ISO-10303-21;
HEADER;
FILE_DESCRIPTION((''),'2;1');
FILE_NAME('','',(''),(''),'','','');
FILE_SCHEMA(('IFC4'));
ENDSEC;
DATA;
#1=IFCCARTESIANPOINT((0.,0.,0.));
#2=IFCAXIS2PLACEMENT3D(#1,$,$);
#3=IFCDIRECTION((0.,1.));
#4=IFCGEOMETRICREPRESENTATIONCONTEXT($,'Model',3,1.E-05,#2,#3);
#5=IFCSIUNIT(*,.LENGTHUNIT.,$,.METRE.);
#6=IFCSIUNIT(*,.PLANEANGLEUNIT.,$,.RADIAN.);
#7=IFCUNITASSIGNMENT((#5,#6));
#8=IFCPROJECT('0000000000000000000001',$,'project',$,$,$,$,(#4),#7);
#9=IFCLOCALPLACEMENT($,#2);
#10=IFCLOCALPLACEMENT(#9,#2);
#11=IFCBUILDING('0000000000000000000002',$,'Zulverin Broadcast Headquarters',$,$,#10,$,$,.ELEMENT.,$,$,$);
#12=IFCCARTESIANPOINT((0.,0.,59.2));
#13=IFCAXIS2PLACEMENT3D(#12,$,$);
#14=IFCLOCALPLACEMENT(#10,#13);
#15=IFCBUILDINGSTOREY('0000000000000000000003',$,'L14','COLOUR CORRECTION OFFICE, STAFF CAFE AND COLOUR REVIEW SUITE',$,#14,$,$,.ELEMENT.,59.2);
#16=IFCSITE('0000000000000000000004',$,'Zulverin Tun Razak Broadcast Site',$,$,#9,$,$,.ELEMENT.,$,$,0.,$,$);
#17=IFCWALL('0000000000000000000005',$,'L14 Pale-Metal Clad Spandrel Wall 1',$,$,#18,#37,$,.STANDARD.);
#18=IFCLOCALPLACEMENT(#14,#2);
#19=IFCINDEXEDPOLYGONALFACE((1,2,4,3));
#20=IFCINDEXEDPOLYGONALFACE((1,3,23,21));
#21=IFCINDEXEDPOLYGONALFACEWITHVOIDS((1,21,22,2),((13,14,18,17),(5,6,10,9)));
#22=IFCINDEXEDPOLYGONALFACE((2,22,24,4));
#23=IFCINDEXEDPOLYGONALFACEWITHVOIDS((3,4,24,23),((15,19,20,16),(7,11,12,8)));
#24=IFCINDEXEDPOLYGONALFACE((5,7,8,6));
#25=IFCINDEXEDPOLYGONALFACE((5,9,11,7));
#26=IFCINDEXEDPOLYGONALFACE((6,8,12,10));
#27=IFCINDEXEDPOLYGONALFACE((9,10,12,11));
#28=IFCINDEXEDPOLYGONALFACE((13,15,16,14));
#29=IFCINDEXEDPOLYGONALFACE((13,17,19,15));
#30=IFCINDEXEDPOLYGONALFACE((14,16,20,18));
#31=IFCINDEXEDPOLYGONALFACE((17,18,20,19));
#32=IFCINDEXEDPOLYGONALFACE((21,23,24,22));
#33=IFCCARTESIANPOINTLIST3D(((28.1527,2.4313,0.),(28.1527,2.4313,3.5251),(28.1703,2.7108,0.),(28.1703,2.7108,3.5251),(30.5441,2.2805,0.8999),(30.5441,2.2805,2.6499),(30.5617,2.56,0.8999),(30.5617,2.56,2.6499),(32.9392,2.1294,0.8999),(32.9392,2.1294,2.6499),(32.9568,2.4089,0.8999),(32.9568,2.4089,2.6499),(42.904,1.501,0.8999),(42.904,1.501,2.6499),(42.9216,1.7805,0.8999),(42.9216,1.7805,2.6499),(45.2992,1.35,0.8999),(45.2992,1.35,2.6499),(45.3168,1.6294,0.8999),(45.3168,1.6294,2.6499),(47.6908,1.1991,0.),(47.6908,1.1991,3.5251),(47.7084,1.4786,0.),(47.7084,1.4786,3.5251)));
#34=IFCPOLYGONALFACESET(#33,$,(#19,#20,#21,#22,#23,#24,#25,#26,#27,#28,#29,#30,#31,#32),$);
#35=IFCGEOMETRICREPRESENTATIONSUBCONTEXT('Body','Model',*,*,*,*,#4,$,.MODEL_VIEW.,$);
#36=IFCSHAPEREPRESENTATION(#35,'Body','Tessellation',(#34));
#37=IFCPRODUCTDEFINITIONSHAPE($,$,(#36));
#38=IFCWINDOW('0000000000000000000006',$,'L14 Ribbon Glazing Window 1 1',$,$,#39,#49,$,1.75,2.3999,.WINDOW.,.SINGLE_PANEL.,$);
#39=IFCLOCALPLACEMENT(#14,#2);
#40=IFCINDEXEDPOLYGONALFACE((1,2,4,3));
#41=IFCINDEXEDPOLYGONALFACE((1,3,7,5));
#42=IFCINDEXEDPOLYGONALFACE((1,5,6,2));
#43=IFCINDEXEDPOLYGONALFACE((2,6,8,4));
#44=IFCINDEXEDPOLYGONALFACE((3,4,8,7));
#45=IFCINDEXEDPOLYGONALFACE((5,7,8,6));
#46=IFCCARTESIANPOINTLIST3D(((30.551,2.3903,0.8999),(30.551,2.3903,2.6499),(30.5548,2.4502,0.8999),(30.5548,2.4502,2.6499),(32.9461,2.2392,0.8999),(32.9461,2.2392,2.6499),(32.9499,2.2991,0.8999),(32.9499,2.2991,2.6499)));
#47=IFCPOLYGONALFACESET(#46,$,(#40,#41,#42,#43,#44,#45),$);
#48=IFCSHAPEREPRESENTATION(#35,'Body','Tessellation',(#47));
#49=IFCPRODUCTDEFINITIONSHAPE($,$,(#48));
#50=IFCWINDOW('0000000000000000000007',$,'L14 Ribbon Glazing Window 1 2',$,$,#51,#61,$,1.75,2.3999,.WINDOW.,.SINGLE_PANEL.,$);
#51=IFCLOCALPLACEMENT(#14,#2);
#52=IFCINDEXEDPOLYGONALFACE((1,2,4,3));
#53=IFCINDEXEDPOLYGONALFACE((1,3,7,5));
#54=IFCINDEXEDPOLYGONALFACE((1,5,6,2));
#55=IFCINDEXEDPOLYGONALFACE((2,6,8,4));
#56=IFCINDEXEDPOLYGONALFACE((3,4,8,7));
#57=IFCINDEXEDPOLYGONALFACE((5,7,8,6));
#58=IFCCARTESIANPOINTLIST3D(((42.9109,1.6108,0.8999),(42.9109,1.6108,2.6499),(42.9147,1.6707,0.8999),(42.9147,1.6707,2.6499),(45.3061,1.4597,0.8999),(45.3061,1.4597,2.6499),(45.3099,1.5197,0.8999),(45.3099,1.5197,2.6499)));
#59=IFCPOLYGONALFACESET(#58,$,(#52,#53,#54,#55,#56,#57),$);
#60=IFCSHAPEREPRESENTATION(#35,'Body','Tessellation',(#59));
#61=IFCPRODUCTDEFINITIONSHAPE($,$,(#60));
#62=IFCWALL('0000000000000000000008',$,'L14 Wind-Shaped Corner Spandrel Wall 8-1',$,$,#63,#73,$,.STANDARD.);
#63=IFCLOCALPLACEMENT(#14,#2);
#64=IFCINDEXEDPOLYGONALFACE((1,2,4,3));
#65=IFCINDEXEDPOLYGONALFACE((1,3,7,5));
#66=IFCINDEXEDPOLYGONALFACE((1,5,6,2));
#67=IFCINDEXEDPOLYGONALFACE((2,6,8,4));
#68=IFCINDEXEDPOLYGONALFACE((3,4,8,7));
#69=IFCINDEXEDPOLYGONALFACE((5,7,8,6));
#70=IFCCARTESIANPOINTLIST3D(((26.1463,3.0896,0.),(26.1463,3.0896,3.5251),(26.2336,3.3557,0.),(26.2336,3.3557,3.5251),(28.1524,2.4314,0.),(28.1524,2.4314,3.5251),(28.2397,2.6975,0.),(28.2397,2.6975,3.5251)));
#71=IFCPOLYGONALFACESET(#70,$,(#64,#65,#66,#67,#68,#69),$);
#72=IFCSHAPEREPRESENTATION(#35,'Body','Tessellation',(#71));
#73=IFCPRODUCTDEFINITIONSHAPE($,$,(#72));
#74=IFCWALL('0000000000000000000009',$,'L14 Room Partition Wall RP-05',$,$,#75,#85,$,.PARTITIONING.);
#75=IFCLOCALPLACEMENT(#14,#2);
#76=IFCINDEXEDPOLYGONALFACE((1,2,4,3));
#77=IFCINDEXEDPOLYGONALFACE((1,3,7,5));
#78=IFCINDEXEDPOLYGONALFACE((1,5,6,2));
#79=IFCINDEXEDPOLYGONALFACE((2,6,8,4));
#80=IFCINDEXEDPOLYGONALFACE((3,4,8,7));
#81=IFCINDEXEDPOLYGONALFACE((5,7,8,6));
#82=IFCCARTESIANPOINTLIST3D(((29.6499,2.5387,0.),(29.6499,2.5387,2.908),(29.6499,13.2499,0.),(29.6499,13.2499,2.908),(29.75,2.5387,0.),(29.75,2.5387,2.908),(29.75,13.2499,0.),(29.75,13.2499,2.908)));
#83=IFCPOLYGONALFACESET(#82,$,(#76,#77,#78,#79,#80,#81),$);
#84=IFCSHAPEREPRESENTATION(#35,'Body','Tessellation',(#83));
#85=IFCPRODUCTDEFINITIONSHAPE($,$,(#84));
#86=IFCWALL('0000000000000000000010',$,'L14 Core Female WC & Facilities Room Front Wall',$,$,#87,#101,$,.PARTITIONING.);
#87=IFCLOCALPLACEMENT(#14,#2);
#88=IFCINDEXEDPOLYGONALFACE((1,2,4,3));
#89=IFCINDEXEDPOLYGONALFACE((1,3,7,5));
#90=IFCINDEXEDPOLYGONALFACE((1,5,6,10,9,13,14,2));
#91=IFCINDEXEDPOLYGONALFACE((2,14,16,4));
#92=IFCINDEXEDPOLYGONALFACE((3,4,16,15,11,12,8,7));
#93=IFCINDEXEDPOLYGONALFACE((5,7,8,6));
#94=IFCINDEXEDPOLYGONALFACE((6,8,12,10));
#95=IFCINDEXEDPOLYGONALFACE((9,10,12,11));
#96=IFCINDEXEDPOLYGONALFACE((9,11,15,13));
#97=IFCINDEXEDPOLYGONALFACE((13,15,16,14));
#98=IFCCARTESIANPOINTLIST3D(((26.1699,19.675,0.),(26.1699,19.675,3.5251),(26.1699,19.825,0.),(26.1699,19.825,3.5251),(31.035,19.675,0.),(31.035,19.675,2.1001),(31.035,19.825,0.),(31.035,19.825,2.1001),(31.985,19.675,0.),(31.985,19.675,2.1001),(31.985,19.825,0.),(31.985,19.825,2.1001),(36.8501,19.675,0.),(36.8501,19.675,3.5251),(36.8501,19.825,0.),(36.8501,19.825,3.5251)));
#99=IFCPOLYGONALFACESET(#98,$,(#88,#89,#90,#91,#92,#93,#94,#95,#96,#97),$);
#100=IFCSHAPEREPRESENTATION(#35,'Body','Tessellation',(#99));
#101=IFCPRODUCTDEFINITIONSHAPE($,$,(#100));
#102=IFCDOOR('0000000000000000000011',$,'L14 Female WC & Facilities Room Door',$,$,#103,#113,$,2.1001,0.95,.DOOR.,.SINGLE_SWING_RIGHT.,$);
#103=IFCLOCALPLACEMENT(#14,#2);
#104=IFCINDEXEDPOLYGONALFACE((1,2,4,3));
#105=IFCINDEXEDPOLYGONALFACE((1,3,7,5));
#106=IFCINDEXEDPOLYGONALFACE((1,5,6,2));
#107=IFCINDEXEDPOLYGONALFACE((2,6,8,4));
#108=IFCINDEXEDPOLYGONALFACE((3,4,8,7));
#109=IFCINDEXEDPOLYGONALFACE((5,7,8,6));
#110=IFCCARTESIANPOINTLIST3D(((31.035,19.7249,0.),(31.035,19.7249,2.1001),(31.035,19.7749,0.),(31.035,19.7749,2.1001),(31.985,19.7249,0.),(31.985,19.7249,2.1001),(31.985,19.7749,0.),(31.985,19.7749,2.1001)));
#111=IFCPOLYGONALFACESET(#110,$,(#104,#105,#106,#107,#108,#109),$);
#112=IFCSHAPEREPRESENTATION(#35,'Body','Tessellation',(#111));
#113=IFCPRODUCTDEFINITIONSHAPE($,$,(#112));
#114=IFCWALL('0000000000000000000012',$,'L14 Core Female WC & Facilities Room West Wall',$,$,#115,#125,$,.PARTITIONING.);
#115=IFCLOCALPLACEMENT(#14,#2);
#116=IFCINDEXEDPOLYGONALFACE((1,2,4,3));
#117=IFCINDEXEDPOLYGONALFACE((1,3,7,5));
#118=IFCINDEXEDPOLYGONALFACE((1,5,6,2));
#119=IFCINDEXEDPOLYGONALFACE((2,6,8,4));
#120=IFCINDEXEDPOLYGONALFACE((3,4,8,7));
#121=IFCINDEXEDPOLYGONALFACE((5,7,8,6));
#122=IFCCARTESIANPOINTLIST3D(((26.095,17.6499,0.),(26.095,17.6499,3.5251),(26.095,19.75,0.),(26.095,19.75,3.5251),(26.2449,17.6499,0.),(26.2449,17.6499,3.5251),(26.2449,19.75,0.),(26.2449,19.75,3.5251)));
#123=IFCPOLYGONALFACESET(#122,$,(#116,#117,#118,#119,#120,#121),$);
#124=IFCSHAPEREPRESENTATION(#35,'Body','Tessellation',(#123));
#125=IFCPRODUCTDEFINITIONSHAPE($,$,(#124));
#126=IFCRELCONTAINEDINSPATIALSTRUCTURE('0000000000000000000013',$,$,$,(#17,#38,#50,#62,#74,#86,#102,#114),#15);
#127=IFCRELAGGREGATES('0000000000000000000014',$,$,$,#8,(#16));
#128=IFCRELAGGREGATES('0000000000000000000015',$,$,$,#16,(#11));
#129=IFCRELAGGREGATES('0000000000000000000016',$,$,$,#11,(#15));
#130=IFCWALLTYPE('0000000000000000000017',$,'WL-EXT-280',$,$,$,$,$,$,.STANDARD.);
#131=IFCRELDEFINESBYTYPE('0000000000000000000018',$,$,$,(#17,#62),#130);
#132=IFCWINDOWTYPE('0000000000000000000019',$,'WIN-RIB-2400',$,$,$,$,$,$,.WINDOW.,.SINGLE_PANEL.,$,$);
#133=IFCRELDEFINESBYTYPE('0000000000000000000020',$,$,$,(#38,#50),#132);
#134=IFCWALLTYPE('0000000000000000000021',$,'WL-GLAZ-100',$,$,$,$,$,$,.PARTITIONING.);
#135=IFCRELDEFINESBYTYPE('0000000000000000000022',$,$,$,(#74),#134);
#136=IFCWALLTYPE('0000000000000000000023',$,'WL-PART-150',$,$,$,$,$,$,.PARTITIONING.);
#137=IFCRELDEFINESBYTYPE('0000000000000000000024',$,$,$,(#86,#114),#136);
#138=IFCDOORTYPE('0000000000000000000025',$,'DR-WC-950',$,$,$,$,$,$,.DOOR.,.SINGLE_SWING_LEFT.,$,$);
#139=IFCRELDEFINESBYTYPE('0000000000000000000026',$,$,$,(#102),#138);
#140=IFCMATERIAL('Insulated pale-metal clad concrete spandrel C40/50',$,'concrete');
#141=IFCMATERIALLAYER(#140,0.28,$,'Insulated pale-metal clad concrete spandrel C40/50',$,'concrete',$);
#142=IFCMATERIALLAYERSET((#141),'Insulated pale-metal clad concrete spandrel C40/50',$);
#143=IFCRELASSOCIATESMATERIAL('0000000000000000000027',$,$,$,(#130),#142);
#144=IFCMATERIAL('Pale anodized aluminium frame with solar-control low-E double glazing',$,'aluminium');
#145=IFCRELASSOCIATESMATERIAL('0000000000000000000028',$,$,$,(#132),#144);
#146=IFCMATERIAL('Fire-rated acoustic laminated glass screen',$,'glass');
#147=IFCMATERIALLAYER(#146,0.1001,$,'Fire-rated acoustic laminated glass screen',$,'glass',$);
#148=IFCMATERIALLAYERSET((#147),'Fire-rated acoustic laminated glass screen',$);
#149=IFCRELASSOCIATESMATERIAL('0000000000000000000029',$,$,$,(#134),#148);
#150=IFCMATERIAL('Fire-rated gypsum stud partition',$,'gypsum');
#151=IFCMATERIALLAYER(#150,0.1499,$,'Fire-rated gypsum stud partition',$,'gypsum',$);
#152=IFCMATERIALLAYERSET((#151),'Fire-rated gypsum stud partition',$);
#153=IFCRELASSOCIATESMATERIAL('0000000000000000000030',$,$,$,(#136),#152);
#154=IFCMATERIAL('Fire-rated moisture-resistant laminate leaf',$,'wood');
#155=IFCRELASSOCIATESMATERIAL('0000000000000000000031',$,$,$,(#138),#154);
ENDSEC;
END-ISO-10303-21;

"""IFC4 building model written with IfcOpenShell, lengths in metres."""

from ifc_helpers import new_model, si_unit, direction, frame, frame_2d, origin, place, context, subcontext, project, spatial, rectangle, extrude, material, layer, layer_set, type_object, element, fill, save


model = new_model("IFC4")

# Units and contexts
model_context = context("Model", 3, precision=1e-05, world=origin(), true_north=direction((0.0, 1.0)))
body_context = subcontext(model_context, "Body", "Model", "MODEL_VIEW")
ifc_project = project(units=[si_unit("LENGTHUNIT", "METRE"), si_unit("PLANEANGLEUNIT", "RADIAN")], contexts=[model_context])

# Site, building, storey
site_placement = place(None, origin())
site = spatial("IfcSite", under=ifc_project, at=site_placement, Name="Zulverin Tun Razak Broadcast Site", CompositionType="ELEMENT", RefElevation=0.0)
building_placement = place(site_placement, origin())
building = spatial("IfcBuilding", under=site, at=building_placement, Name="Zulverin Broadcast Headquarters", CompositionType="ELEMENT")
storey_placement = place(building_placement, frame((0.0, 0.0, 59.2)))
storey = spatial("IfcBuildingStorey", under=building, at=storey_placement, Name="L14", Description="COLOUR CORRECTION OFFICE, STAFF CAFE AND COLOUR REVIEW SUITE", CompositionType="ELEMENT", Elevation=59.2)

# Wall, openings, windows
ifc_material_1 = material(Name="Insulated pale-metal clad concrete spandrel C40/50", Category="concrete")
ifc_layer_1 = layer(ifc_material_1, 0.28, Name="Insulated pale-metal clad concrete spandrel C40/50", Category="concrete")
ifc_layer_set_1 = layer_set([ifc_layer_1], Name="Insulated pale-metal clad concrete spandrel C40/50")
wall_type_1 = type_object("IfcWallType", Name="WL-EXT-280", PredefinedType="STANDARD", material=ifc_layer_set_1)
wall_1_placement = place(storey_placement, frame((28.1614, 2.571, 0.0), z_axis=(0.0, 0.0, 1.0), x_axis=(0.998017, -0.06294, 0.0)))
wall_1 = element("IfcWall", 1, at=wall_1_placement, inside=storey, type_object=wall_type_1, Name="L14 Pale-Metal Clad Spandrel Wall 1", PredefinedType="STANDARD", context=body_context, shape_type="SweptSolid", body=[
    extrude(rectangle(XDim=19.5769, YDim=0.28, at=frame_2d((9.7886, 0.0))), origin(), (0.0, 0.0, 1.0), 3.5251),
])
opening_1_placement = place(wall_1_placement, frame((2.3962, 0.0, 0.8999)))
opening_1 = element("IfcOpeningElement", 2, at=opening_1_placement, cuts=wall_1, PredefinedType="OPENING", context=body_context, shape_type="SweptSolid", body=[
    extrude(rectangle(XDim=2.3999, YDim=1.75, at=frame_2d((1.2, 0.875))), frame((0.0, 0.1499, 0.0), z_axis=(0.0, -1.0, 0.0), x_axis=(1.0, 0.0, 0.0)), (0.0, 0.0, 1.0), 0.3),
])
opening_2_placement = place(wall_1_placement, frame((14.7808, 0.0, 0.8999)))
opening_2 = element("IfcOpeningElement", 3, at=opening_2_placement, cuts=wall_1, PredefinedType="OPENING", context=body_context, shape_type="SweptSolid", body=[
    extrude(rectangle(XDim=2.3999, YDim=1.75, at=frame_2d((1.2, 0.875))), frame((0.0, 0.1499, 0.0), z_axis=(0.0, -1.0, 0.0), x_axis=(1.0, 0.0, 0.0)), (0.0, 0.0, 1.0), 0.3),
])
ifc_material_2 = material(Name="Pale anodized aluminium frame with solar-control low-E double glazing", Category="aluminium")
window_type = type_object("IfcWindowType", Name="WIN-RIB-2400", PartitioningType="SINGLE_PANEL", PredefinedType="WINDOW", material=ifc_material_2)
window_1_placement = place(opening_1_placement, origin())
window_1 = element("IfcWindow", 4, at=window_1_placement, inside=storey, type_object=window_type, Name="L14 Ribbon Glazing Window 1 1", OverallHeight=1.75, OverallWidth=2.3999, PartitioningType="SINGLE_PANEL", PredefinedType="WINDOW", context=body_context, shape_type="SweptSolid", body=[
    extrude(rectangle(XDim=2.3999, YDim=1.75, at=frame_2d((1.2, 0.875))), frame((0.0, 0.03, 0.0), z_axis=(0.0, -1.0, 0.0), x_axis=(1.0, 0.0, 0.0)), (0.0, 0.0, 1.0), 0.0601),
])
fill(opening_1, window_1)
window_2_placement = place(opening_2_placement, origin())
window_2 = element("IfcWindow", 5, at=window_2_placement, inside=storey, type_object=window_type, Name="L14 Ribbon Glazing Window 1 2", OverallHeight=1.75, OverallWidth=2.3999, PartitioningType="SINGLE_PANEL", PredefinedType="WINDOW", context=body_context, shape_type="SweptSolid", body=[
    extrude(rectangle(XDim=2.3999, YDim=1.75, at=frame_2d((1.2, 0.875))), frame((0.0, 0.03, 0.0), z_axis=(0.0, -1.0, 0.0), x_axis=(1.0, 0.0, 0.0)), (0.0, 0.0, 1.0), 0.0601),
])
fill(opening_2, window_2)

# Walls
wall_2_placement = place(storey_placement, frame((26.1899, 3.2227, 0.0), z_axis=(0.0, 0.0, 1.0), x_axis=(0.950164, -0.311749, 0.0)))
element("IfcWall", 6, at=wall_2_placement, inside=storey, type_object=wall_type_1, Name="L14 Wind-Shaped Corner Spandrel Wall 8-1", PredefinedType="STANDARD", context=body_context, shape_type="SweptSolid", body=[
    extrude(rectangle(XDim=2.1113, YDim=0.28, at=frame_2d((1.0557, 0.0))), origin(), (0.0, 0.0, 1.0), 3.5251),
])
ifc_material_3 = material(Name="Fire-rated acoustic laminated glass screen", Category="glass")
ifc_layer_2 = layer(ifc_material_3, 0.1001, Name="Fire-rated acoustic laminated glass screen", Category="glass")
ifc_layer_set_2 = layer_set([ifc_layer_2], Name="Fire-rated acoustic laminated glass screen")
wall_type_2 = type_object("IfcWallType", Name="WL-GLAZ-100", PredefinedType="PARTITIONING", material=ifc_layer_set_2)
wall_3_placement = place(storey_placement, frame((29.7, 2.5388, 0.0), z_axis=(0.0, 0.0, 1.0), x_axis=(0.0, 1.0, 0.0)))
element("IfcWall", 7, at=wall_3_placement, inside=storey, type_object=wall_type_2, Name="L14 Room Partition Wall RP-05", PredefinedType="PARTITIONING", context=body_context, shape_type="SweptSolid", body=[
    extrude(rectangle(XDim=10.7112, YDim=0.1001, at=frame_2d((5.3555, 0.0))), origin(), (0.0, 0.0, 1.0), 2.908),
])

# Wall, opening, door
ifc_material_4 = material(Name="Fire-rated gypsum stud partition", Category="gypsum")
ifc_layer_3 = layer(ifc_material_4, 0.1499, Name="Fire-rated gypsum stud partition", Category="gypsum")
ifc_layer_set_3 = layer_set([ifc_layer_3], Name="Fire-rated gypsum stud partition")
wall_type_3 = type_object("IfcWallType", Name="WL-PART-150", PredefinedType="PARTITIONING", material=ifc_layer_set_3)
wall_4_placement = place(storey_placement, frame((26.1699, 19.75, 0.0), z_axis=(0.0, 0.0, 1.0), x_axis=(1.0, 0.0, 0.0)))
wall_4 = element("IfcWall", 8, at=wall_4_placement, inside=storey, type_object=wall_type_3, Name="L14 Core Female WC & Facilities Room Front Wall", PredefinedType="PARTITIONING", context=body_context, shape_type="SweptSolid", body=[
    extrude(rectangle(XDim=10.6802, YDim=0.1499, at=frame_2d((5.3401, 0.0))), origin(), (0.0, 0.0, 1.0), 3.5251),
])
opening_3_placement = place(wall_4_placement, frame((4.865, 0.0, 0.0)))
opening_3 = element("IfcOpeningElement", 9, at=opening_3_placement, cuts=wall_4, PredefinedType="OPENING", context=body_context, shape_type="SweptSolid", body=[
    extrude(rectangle(XDim=0.95, YDim=2.1001, at=frame_2d((0.4751, 1.05))), frame((0.0, 0.085, 0.0), z_axis=(0.0, -1.0, 0.0), x_axis=(1.0, 0.0, 0.0)), (0.0, 0.0, 1.0), 0.1699),
])
ifc_material_5 = material(Name="Fire-rated moisture-resistant laminate leaf", Category="wood")
door_type_1 = type_object("IfcDoorType", Name="DR-WC-950", OperationType="SINGLE_SWING_LEFT", PredefinedType="DOOR", material=ifc_material_5)
door_1_placement = place(opening_3_placement, origin())
door_1 = element("IfcDoor", 10, at=door_1_placement, inside=storey, type_object=door_type_1, Name="L14 Female WC & Facilities Room Door", OperationType="SINGLE_SWING_RIGHT", OverallHeight=2.1001, OverallWidth=0.95, PredefinedType="DOOR", context=body_context, shape_type="SweptSolid", body=[
    extrude(rectangle(XDim=0.95, YDim=2.1001, at=frame_2d((0.4751, 1.05))), frame((0.0, 0.0249, 0.0), z_axis=(0.0, -1.0, 0.0), x_axis=(1.0, 0.0, 0.0)), (0.0, 0.0, 1.0), 0.05),
])
fill(opening_3, door_1)

# Wall
wall_5_placement = place(storey_placement, frame((26.1699, 17.6499, 0.0), z_axis=(0.0, 0.0, 1.0), x_axis=(0.0, 1.0, 0.0)))
element("IfcWall", 11, at=wall_5_placement, inside=storey, type_object=wall_type_3, Name="L14 Core Female WC & Facilities Room West Wall", PredefinedType="PARTITIONING", context=body_context, shape_type="SweptSolid", body=[
    extrude(rectangle(XDim=2.1001, YDim=0.1499, at=frame_2d((1.05, 0.0))), origin(), (0.0, 0.0, 1.0), 3.5251),
])

save(model, "model.ifc")
